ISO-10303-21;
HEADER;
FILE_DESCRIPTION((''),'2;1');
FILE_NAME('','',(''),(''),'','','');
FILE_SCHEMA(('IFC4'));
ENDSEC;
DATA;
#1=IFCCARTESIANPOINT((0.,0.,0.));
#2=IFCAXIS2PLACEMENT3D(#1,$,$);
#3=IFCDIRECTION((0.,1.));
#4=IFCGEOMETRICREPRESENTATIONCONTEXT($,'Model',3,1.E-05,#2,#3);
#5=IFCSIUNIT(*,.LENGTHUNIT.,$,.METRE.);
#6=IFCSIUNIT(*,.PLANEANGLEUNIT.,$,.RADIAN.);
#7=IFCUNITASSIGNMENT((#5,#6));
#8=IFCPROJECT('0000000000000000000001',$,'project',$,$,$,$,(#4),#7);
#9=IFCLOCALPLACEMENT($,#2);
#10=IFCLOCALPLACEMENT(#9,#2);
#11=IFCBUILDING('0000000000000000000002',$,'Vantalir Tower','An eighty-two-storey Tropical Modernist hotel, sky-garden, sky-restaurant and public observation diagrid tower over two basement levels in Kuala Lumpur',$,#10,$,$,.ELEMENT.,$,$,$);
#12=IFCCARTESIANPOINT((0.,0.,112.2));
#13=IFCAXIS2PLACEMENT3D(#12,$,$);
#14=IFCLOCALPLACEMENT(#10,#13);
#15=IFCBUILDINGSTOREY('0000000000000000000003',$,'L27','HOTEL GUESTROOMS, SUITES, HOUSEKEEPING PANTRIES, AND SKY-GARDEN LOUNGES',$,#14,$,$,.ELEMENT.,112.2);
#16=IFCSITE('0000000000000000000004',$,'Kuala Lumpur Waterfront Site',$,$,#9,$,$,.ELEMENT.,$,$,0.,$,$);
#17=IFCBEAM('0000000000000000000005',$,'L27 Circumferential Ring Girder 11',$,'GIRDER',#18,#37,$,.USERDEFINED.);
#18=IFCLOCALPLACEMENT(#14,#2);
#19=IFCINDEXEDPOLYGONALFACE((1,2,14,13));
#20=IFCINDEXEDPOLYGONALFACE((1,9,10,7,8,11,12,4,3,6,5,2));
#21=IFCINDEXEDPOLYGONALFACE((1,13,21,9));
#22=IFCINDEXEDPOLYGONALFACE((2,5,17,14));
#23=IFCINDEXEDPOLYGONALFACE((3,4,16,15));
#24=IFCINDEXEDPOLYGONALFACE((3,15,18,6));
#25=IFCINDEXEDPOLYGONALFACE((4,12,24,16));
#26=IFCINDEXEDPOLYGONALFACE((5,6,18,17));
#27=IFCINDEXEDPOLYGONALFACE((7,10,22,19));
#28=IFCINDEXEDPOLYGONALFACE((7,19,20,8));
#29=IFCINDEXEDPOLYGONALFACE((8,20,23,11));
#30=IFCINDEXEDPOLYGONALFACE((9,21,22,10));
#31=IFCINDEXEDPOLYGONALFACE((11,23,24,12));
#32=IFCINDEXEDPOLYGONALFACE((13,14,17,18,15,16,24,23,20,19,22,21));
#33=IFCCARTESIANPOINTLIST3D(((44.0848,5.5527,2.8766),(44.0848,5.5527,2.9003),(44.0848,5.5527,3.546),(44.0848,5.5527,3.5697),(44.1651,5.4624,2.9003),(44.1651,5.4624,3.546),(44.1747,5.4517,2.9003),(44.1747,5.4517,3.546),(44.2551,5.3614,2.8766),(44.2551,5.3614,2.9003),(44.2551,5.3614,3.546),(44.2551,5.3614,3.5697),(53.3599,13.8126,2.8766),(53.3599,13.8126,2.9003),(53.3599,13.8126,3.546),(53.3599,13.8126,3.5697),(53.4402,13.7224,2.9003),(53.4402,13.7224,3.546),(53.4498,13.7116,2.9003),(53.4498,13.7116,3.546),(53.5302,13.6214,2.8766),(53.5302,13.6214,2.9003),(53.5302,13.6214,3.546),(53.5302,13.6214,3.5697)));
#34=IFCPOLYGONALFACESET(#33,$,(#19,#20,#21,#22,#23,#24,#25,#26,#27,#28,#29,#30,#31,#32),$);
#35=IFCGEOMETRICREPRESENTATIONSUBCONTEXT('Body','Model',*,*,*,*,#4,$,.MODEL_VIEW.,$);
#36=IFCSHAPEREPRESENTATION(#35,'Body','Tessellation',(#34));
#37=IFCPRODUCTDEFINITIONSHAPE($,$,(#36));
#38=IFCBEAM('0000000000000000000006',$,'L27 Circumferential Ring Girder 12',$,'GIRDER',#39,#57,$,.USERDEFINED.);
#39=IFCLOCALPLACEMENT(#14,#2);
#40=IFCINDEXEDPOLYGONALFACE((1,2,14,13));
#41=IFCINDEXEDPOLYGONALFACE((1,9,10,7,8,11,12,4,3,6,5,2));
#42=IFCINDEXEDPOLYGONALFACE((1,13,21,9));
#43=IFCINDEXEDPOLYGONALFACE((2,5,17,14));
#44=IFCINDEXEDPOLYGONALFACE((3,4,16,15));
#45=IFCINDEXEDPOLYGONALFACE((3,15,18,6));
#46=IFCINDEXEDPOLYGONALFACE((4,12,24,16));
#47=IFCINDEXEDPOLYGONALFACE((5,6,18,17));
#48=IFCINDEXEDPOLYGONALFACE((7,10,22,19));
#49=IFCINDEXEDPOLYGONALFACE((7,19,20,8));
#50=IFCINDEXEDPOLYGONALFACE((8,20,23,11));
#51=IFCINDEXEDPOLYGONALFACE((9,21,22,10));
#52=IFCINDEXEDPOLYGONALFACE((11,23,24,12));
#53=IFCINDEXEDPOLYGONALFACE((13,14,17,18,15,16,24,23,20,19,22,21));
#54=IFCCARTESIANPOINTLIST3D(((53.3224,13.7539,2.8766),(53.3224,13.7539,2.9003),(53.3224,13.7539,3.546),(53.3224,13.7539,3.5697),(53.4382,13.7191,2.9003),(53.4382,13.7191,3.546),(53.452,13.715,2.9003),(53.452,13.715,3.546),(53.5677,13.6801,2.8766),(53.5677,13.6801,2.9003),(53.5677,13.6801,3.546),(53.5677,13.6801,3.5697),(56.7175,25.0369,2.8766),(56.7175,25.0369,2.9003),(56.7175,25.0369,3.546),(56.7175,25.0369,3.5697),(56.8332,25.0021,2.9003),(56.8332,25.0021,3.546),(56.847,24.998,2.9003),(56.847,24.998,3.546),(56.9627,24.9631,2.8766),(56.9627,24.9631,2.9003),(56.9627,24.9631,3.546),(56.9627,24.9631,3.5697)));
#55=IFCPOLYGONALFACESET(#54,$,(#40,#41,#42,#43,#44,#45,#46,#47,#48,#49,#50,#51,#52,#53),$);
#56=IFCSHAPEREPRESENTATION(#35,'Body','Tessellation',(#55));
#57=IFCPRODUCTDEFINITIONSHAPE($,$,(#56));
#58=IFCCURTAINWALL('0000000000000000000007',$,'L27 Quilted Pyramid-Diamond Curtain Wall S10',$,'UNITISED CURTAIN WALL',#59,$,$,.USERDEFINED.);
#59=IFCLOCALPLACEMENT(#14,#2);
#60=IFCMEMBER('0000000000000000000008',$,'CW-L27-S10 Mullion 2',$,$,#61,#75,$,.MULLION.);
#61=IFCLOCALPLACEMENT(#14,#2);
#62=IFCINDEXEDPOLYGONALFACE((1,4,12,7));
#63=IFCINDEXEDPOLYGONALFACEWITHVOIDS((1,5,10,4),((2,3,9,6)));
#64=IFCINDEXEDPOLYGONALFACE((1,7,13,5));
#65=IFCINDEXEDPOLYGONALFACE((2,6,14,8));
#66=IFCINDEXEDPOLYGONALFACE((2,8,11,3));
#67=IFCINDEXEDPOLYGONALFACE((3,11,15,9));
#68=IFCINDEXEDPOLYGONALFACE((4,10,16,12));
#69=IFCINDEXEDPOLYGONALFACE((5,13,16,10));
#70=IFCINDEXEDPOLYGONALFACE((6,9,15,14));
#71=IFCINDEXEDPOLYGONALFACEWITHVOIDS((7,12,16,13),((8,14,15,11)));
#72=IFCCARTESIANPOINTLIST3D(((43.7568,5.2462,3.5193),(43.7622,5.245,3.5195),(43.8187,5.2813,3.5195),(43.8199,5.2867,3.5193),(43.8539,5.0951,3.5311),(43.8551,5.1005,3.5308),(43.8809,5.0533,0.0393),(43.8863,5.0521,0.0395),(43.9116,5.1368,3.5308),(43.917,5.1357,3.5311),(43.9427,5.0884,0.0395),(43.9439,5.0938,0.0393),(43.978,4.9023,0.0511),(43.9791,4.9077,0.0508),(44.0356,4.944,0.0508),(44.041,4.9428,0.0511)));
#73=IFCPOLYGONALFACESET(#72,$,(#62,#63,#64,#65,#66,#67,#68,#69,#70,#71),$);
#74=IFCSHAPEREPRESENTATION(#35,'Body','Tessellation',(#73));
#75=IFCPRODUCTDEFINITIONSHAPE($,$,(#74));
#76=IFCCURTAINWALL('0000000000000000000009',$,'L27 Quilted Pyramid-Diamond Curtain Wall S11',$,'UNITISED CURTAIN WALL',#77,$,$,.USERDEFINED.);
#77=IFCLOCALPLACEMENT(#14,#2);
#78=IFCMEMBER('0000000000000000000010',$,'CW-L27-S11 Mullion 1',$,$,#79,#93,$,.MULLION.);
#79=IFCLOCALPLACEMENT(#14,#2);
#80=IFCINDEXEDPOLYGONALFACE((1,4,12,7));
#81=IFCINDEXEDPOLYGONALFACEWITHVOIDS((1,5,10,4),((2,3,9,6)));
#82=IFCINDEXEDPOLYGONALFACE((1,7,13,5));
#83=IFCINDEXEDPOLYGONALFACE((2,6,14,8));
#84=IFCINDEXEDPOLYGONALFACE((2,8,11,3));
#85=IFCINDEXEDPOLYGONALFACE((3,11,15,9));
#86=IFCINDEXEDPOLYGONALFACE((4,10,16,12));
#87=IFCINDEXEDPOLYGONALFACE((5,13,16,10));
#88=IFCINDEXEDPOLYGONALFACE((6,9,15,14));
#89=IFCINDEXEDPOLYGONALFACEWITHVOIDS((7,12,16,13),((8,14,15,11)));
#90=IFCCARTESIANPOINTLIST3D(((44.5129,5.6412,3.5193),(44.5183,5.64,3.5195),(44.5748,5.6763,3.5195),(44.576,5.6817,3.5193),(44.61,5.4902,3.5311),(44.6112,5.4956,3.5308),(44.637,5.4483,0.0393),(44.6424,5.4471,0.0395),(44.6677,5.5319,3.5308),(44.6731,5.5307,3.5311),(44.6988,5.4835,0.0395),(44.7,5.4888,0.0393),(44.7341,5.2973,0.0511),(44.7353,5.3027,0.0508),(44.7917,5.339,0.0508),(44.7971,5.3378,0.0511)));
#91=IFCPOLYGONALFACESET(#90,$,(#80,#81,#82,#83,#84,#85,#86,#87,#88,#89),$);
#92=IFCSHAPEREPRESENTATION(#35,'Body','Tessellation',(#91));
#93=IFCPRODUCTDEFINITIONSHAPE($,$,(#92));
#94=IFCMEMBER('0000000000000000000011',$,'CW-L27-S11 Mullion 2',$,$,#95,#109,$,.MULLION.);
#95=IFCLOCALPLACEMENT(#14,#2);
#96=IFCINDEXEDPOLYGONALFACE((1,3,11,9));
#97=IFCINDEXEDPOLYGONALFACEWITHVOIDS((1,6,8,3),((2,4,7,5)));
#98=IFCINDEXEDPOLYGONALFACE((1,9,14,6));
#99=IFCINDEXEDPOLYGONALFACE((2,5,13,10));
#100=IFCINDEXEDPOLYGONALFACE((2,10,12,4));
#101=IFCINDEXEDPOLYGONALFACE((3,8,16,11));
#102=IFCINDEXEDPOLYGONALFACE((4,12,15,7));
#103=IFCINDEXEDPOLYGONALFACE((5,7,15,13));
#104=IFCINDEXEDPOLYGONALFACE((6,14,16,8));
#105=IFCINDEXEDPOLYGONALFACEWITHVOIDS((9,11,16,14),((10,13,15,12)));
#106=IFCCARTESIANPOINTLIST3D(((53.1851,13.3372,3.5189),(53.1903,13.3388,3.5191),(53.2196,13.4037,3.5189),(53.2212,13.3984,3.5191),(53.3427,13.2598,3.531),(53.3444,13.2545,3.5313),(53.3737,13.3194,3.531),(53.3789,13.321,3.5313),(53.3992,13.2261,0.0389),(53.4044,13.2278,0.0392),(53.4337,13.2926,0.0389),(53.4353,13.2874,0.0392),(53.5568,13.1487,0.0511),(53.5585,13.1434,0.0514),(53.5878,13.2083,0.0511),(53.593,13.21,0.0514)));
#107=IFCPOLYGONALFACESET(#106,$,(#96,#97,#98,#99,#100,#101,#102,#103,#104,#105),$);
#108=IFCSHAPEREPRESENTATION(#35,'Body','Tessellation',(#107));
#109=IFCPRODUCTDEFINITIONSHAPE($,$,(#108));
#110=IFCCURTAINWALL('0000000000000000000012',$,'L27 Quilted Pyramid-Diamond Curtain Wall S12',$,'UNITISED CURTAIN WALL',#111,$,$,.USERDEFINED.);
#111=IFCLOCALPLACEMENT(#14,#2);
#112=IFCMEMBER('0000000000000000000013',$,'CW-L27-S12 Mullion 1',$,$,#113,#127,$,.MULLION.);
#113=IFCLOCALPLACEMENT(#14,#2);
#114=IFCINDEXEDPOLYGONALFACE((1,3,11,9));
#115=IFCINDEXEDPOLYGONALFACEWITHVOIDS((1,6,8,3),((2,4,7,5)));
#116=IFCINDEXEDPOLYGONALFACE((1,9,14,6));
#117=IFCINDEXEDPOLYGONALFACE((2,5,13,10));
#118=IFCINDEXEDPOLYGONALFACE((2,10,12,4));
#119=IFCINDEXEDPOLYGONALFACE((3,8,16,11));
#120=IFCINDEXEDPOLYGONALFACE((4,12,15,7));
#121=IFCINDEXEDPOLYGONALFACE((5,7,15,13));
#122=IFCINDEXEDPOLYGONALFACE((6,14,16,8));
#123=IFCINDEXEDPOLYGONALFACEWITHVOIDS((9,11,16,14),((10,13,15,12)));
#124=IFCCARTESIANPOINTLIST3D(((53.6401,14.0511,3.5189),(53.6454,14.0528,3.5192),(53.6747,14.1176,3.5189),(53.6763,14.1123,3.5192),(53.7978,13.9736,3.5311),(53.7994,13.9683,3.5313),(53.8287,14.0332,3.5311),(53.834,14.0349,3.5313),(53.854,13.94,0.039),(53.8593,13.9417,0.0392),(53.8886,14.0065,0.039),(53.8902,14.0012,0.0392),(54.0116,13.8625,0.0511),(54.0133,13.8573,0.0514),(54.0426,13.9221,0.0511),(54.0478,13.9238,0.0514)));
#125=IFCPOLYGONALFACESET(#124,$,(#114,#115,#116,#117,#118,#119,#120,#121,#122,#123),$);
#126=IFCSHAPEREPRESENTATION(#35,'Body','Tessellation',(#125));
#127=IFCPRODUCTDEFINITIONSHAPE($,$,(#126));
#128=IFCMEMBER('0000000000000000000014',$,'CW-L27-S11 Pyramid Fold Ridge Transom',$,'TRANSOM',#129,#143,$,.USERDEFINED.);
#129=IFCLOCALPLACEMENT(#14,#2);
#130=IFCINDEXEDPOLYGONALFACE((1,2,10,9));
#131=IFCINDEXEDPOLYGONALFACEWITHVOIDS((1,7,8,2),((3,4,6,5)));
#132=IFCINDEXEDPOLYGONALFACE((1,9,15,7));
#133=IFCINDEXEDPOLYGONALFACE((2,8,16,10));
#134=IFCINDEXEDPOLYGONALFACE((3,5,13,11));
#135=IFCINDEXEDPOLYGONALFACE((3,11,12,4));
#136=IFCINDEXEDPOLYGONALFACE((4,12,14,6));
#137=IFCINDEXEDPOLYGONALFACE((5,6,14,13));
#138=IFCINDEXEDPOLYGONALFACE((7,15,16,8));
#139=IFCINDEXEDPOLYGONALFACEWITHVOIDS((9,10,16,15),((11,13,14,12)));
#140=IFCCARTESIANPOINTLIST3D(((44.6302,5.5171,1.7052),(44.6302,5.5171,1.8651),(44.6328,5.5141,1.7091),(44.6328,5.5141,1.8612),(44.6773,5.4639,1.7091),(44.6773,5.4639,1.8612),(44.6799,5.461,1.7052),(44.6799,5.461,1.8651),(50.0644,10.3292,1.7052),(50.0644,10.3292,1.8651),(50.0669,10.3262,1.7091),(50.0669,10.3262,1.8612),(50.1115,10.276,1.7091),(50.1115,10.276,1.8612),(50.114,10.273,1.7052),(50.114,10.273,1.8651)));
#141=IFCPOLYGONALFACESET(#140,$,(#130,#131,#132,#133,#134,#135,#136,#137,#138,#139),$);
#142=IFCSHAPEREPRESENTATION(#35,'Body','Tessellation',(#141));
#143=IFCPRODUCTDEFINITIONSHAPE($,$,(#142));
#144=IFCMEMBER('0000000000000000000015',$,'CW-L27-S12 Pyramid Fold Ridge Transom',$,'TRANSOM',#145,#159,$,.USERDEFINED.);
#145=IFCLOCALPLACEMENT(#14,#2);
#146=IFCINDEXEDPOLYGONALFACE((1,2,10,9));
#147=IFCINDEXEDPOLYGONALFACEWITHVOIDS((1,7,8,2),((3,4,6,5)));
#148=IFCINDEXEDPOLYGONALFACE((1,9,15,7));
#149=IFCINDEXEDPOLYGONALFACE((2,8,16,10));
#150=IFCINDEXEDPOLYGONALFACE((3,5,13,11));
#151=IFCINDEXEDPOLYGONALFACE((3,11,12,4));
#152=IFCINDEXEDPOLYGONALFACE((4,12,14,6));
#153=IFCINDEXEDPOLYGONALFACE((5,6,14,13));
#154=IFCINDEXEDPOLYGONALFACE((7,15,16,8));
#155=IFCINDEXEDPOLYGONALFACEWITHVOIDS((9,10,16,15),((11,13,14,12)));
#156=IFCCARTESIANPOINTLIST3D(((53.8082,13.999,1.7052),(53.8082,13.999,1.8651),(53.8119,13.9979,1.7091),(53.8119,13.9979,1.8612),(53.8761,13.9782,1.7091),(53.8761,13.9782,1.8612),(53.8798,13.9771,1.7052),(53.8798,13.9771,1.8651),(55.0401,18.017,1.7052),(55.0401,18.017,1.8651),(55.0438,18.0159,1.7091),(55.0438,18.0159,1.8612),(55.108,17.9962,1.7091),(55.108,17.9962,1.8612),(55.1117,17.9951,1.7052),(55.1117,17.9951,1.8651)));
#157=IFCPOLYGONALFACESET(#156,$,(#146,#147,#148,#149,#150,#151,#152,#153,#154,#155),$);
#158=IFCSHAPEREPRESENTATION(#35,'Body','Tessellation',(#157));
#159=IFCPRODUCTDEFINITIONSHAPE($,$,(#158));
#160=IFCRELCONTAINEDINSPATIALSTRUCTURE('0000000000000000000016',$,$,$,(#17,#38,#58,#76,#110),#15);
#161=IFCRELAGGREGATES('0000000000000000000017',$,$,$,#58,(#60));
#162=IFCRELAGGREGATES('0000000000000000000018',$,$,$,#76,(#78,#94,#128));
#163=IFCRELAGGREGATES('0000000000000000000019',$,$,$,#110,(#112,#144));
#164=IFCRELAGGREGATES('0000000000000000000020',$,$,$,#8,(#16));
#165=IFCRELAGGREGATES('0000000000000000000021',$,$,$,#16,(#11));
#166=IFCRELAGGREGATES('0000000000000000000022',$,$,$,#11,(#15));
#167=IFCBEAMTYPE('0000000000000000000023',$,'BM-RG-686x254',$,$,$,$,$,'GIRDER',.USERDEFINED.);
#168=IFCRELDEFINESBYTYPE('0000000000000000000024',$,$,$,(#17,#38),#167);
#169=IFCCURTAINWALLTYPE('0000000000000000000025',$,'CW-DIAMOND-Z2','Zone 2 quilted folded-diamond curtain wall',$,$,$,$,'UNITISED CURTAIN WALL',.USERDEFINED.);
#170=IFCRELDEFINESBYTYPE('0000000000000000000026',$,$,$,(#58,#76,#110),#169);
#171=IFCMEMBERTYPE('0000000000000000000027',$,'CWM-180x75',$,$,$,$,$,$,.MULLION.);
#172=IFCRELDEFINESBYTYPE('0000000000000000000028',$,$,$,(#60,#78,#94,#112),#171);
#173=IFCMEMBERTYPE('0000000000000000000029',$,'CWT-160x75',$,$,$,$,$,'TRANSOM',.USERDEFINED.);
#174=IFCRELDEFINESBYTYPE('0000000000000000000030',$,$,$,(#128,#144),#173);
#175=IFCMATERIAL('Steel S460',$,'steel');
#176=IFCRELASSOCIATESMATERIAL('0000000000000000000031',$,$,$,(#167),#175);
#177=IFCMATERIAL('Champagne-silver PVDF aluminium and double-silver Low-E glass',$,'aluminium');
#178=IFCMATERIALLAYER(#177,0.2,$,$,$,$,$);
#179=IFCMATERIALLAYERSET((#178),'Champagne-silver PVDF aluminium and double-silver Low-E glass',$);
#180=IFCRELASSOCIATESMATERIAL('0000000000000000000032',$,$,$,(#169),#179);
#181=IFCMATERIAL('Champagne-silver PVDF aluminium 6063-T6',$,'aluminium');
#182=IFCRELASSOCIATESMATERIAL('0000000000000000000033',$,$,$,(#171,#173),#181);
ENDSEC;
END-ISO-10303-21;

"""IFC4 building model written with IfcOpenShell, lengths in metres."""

from ifc_helpers import new_model, si_unit, direction, frame, origin, origin_2d, place, context, subcontext, project, spatial, hollow_rectangle, i_section, extrude, material, layer, layer_set, material_profile, profile_set, type_object, element, aggregate, save


model = new_model("IFC4")

# Units and contexts
model_context = context("Model", 3, precision=1e-05, world=origin(), true_north=direction((0.0, 1.0)))
body_context = subcontext(model_context, "Body", "Model", "MODEL_VIEW")
ifc_project = project(units=[si_unit("LENGTHUNIT", "METRE"), si_unit("PLANEANGLEUNIT", "RADIAN")], contexts=[model_context])

# Site, building, storey
site_placement = place(None, origin())
site = spatial("IfcSite", under=ifc_project, at=site_placement, Name="Kuala Lumpur Waterfront Site", CompositionType="ELEMENT", RefElevation=0.0)
building_placement = place(site_placement, origin())
building = spatial("IfcBuilding", under=site, at=building_placement, Name="Vantalir Tower", Description="An eighty-two-storey Tropical Modernist hotel, sky-garden, sky-restaurant and public observation diagrid tower over two basement levels in Kuala Lumpur", CompositionType="ELEMENT")
storey_placement = place(building_placement, frame((0.0, 0.0, 112.2)))
storey = spatial("IfcBuildingStorey", under=building, at=storey_placement, Name="L27", Description="HOTEL GUESTROOMS, SUITES, HOUSEKEEPING PANTRIES, AND SKY-GARDEN LOUNGES", CompositionType="ELEMENT", Elevation=112.2)

# Shared definitions
ifc_material_1 = material(Name="Steel S460", Category="steel")

# Beams
ifc_material_profile_1 = material_profile(ifc_material_1, i_section(OverallWidth=0.2561, OverallDepth=0.6931, WebThickness=0.0144, FlangeThickness=0.0237, at=origin_2d()), Name="Steel S460")
ifc_profile_set_1 = profile_set([ifc_material_profile_1], Name="Steel S460")
beam_type_1 = type_object("IfcBeamType", Name="BM-RG-686x254", ElementType="GIRDER", PredefinedType="USERDEFINED", material=ifc_profile_set_1)
beam_1_placement = place(storey_placement, frame((44.1699, 5.457, 3.2231), z_axis=(0.746792, 0.665058, 0.0), x_axis=(-0.665058, 0.746792, 0.0)))
element("IfcBeam", 1, at=beam_1_placement, inside=storey, type_object=beam_type_1, Name="L27 Circumferential Ring Girder 11", ObjectType="GIRDER", PredefinedType="USERDEFINED", context=body_context, shape_type="SweptSolid", body=[
    extrude(i_section(OverallWidth=0.2561, OverallDepth=0.6931, WebThickness=0.0144, FlangeThickness=0.0237, at=origin_2d()), origin(), (0.0, 0.0, 1.0), 12.4199),
])
beam_2_placement = place(storey_placement, frame((53.4451, 13.717, 3.2231), z_axis=(0.288137, 0.957589, 0.0), x_axis=(-0.957589, 0.288137, 0.0)))
element("IfcBeam", 2, at=beam_2_placement, inside=storey, type_object=beam_type_1, Name="L27 Circumferential Ring Girder 12", ObjectType="GIRDER", PredefinedType="USERDEFINED", context=body_context, shape_type="SweptSolid", body=[
    extrude(i_section(OverallWidth=0.2561, OverallDepth=0.6931, WebThickness=0.0144, FlangeThickness=0.0237, at=origin_2d()), origin(), (0.0, 0.0, 1.0), 11.7827),
])

# Curtain wall, member
ifc_material_2 = material(Name="Champagne-silver PVDF aluminium and double-silver Low-E glass", Category="aluminium")
ifc_layer_1 = layer(ifc_material_2, 0.2)
ifc_layer_set_1 = layer_set([ifc_layer_1], Name="Champagne-silver PVDF aluminium and double-silver Low-E glass")
curtain_wall_type = type_object("IfcCurtainWallType", Name="CW-DIAMOND-Z2", Description="Zone 2 quilted folded-diamond curtain wall", ElementType="UNITISED CURTAIN WALL", PredefinedType="USERDEFINED", material=ifc_layer_set_1)
curtain_wall_1_placement = place(storey_placement, origin())
curtain_wall_1 = element("IfcCurtainWall", 3, at=curtain_wall_1_placement, inside=storey, type_object=curtain_wall_type, Name="L27 Quilted Pyramid-Diamond Curtain Wall S10", ObjectType="UNITISED CURTAIN WALL", PredefinedType="USERDEFINED")
ifc_material_3 = material(Name="Champagne-silver PVDF aluminium 6063-T6", Category="aluminium")
ifc_material_profile_2 = material_profile(ifc_material_3, hollow_rectangle(XDim=0.075, YDim=0.1799, WallThickness=0.0039, at=origin_2d()), Name="Champagne-silver PVDF aluminium 6063-T6")
ifc_profile_set_2 = profile_set([ifc_material_profile_2], Name="Champagne-silver PVDF aluminium 6063-T6")
member_type_1 = type_object("IfcMemberType", Name="CWM-180x75", PredefinedType="MULLION", material=ifc_profile_set_2)
member_1_placement = place(storey_placement, frame((43.9609, 4.998, 0.0452), z_axis=(-0.035562, 0.055303, 0.997836), x_axis=(-0.841109, -0.540865, 0.0)))
member_1 = element("IfcMember", 4, at=member_1_placement, type_object=member_type_1, Name="CW-L27-S10 Mullion 2", PredefinedType="MULLION", context=body_context, shape_type="SweptSolid", body=[
    extrude(hollow_rectangle(XDim=0.075, YDim=0.1799, WallThickness=0.0039, at=origin_2d()), origin(), (0.0, 0.0, 1.0), 3.4875),
])
aggregate(curtain_wall_1, [member_1])

# Curtain wall, members
curtain_wall_2_placement = place(storey_placement, origin())
curtain_wall_2 = element("IfcCurtainWall", 5, at=curtain_wall_2_placement, inside=storey, type_object=curtain_wall_type, Name="L27 Quilted Pyramid-Diamond Curtain Wall S11", ObjectType="UNITISED CURTAIN WALL", PredefinedType="USERDEFINED")
member_2_placement = place(storey_placement, frame((44.717, 5.3931, 0.0452), z_axis=(-0.035562, 0.055303, 0.997836), x_axis=(-0.841109, -0.540865, 0.0)))
member_2 = element("IfcMember", 6, at=member_2_placement, type_object=member_type_1, Name="CW-L27-S11 Mullion 1", PredefinedType="MULLION", context=body_context, shape_type="SweptSolid", body=[
    extrude(hollow_rectangle(XDim=0.075, YDim=0.1799, WallThickness=0.0039, at=origin_2d()), origin(), (0.0, 0.0, 1.0), 3.4875),
])
member_3_placement = place(storey_placement, frame((53.4961, 13.218, 0.0452), z_axis=(-0.061379, 0.031844, 0.997606), x_axis=(-0.460524, -0.887647, 0.0)))
member_3 = element("IfcMember", 7, at=member_3_placement, type_object=member_type_1, Name="CW-L27-S11 Mullion 2", PredefinedType="MULLION", context=body_context, shape_type="SweptSolid", body=[
    extrude(hollow_rectangle(XDim=0.075, YDim=0.1799, WallThickness=0.0039, at=origin_2d()), origin(), (0.0, 0.0, 1.0), 3.4883),
])

# Curtain wall, member
curtain_wall_3_placement = place(storey_placement, origin())
curtain_wall_3 = element("IfcCurtainWall", 8, at=curtain_wall_3_placement, inside=storey, type_object=curtain_wall_type, Name="L27 Quilted Pyramid-Diamond Curtain Wall S12", ObjectType="UNITISED CURTAIN WALL", PredefinedType="USERDEFINED")
member_4_placement = place(storey_placement, frame((53.9509, 13.9319, 0.0452), z_axis=(-0.06131, 0.031845, 0.997611), x_axis=(-0.460938, -0.887432, 0.0)))
member_4 = element("IfcMember", 9, at=member_4_placement, type_object=member_type_1, Name="CW-L27-S12 Mullion 1", PredefinedType="MULLION", context=body_context, shape_type="SweptSolid", body=[
    extrude(hollow_rectangle(XDim=0.075, YDim=0.1799, WallThickness=0.0039, at=origin_2d()), origin(), (0.0, 0.0, 1.0), 3.4883),
])

# Members
ifc_material_profile_3 = material_profile(ifc_material_3, hollow_rectangle(XDim=0.075, YDim=0.1599, WallThickness=0.0039, at=origin_2d()), Name="Champagne-silver PVDF aluminium 6063-T6")
ifc_profile_set_3 = profile_set([ifc_material_profile_3], Name="Champagne-silver PVDF aluminium 6063-T6")
member_type_2 = type_object("IfcMemberType", Name="CWT-160x75", ElementType="TRANSOM", PredefinedType="USERDEFINED", material=ifc_profile_set_3)
member_5_placement = place(storey_placement, frame((44.655, 5.489, 1.7852), z_axis=(0.748659, 0.662956, 0.0), x_axis=(-0.662956, 0.748659, 0.0)))
member_5 = element("IfcMember", 10, at=member_5_placement, type_object=member_type_2, Name="CW-L27-S11 Pyramid Fold Ridge Transom", ObjectType="TRANSOM", PredefinedType="USERDEFINED", context=body_context, shape_type="SweptSolid", body=[
    extrude(hollow_rectangle(XDim=0.075, YDim=0.1599, WallThickness=0.0039, at=origin_2d()), origin(), (0.0, 0.0, 1.0), 7.2585),
])
member_6_placement = place(storey_placement, frame((53.844, 13.988, 1.7852), z_axis=(0.29313, 0.956072, 0.0), x_axis=(-0.956072, 0.29313, 0.0)))
member_6 = element("IfcMember", 11, at=member_6_placement, type_object=member_type_2, Name="CW-L27-S12 Pyramid Fold Ridge Transom", ObjectType="TRANSOM", PredefinedType="USERDEFINED", context=body_context, shape_type="SweptSolid", body=[
    extrude(hollow_rectangle(XDim=0.075, YDim=0.1599, WallThickness=0.0039, at=origin_2d()), origin(), (0.0, 0.0, 1.0), 4.2026),
])

aggregate(curtain_wall_2, [member_2, member_3, member_5])
aggregate(curtain_wall_3, [member_4, member_6])

save(model, "model.ifc")
